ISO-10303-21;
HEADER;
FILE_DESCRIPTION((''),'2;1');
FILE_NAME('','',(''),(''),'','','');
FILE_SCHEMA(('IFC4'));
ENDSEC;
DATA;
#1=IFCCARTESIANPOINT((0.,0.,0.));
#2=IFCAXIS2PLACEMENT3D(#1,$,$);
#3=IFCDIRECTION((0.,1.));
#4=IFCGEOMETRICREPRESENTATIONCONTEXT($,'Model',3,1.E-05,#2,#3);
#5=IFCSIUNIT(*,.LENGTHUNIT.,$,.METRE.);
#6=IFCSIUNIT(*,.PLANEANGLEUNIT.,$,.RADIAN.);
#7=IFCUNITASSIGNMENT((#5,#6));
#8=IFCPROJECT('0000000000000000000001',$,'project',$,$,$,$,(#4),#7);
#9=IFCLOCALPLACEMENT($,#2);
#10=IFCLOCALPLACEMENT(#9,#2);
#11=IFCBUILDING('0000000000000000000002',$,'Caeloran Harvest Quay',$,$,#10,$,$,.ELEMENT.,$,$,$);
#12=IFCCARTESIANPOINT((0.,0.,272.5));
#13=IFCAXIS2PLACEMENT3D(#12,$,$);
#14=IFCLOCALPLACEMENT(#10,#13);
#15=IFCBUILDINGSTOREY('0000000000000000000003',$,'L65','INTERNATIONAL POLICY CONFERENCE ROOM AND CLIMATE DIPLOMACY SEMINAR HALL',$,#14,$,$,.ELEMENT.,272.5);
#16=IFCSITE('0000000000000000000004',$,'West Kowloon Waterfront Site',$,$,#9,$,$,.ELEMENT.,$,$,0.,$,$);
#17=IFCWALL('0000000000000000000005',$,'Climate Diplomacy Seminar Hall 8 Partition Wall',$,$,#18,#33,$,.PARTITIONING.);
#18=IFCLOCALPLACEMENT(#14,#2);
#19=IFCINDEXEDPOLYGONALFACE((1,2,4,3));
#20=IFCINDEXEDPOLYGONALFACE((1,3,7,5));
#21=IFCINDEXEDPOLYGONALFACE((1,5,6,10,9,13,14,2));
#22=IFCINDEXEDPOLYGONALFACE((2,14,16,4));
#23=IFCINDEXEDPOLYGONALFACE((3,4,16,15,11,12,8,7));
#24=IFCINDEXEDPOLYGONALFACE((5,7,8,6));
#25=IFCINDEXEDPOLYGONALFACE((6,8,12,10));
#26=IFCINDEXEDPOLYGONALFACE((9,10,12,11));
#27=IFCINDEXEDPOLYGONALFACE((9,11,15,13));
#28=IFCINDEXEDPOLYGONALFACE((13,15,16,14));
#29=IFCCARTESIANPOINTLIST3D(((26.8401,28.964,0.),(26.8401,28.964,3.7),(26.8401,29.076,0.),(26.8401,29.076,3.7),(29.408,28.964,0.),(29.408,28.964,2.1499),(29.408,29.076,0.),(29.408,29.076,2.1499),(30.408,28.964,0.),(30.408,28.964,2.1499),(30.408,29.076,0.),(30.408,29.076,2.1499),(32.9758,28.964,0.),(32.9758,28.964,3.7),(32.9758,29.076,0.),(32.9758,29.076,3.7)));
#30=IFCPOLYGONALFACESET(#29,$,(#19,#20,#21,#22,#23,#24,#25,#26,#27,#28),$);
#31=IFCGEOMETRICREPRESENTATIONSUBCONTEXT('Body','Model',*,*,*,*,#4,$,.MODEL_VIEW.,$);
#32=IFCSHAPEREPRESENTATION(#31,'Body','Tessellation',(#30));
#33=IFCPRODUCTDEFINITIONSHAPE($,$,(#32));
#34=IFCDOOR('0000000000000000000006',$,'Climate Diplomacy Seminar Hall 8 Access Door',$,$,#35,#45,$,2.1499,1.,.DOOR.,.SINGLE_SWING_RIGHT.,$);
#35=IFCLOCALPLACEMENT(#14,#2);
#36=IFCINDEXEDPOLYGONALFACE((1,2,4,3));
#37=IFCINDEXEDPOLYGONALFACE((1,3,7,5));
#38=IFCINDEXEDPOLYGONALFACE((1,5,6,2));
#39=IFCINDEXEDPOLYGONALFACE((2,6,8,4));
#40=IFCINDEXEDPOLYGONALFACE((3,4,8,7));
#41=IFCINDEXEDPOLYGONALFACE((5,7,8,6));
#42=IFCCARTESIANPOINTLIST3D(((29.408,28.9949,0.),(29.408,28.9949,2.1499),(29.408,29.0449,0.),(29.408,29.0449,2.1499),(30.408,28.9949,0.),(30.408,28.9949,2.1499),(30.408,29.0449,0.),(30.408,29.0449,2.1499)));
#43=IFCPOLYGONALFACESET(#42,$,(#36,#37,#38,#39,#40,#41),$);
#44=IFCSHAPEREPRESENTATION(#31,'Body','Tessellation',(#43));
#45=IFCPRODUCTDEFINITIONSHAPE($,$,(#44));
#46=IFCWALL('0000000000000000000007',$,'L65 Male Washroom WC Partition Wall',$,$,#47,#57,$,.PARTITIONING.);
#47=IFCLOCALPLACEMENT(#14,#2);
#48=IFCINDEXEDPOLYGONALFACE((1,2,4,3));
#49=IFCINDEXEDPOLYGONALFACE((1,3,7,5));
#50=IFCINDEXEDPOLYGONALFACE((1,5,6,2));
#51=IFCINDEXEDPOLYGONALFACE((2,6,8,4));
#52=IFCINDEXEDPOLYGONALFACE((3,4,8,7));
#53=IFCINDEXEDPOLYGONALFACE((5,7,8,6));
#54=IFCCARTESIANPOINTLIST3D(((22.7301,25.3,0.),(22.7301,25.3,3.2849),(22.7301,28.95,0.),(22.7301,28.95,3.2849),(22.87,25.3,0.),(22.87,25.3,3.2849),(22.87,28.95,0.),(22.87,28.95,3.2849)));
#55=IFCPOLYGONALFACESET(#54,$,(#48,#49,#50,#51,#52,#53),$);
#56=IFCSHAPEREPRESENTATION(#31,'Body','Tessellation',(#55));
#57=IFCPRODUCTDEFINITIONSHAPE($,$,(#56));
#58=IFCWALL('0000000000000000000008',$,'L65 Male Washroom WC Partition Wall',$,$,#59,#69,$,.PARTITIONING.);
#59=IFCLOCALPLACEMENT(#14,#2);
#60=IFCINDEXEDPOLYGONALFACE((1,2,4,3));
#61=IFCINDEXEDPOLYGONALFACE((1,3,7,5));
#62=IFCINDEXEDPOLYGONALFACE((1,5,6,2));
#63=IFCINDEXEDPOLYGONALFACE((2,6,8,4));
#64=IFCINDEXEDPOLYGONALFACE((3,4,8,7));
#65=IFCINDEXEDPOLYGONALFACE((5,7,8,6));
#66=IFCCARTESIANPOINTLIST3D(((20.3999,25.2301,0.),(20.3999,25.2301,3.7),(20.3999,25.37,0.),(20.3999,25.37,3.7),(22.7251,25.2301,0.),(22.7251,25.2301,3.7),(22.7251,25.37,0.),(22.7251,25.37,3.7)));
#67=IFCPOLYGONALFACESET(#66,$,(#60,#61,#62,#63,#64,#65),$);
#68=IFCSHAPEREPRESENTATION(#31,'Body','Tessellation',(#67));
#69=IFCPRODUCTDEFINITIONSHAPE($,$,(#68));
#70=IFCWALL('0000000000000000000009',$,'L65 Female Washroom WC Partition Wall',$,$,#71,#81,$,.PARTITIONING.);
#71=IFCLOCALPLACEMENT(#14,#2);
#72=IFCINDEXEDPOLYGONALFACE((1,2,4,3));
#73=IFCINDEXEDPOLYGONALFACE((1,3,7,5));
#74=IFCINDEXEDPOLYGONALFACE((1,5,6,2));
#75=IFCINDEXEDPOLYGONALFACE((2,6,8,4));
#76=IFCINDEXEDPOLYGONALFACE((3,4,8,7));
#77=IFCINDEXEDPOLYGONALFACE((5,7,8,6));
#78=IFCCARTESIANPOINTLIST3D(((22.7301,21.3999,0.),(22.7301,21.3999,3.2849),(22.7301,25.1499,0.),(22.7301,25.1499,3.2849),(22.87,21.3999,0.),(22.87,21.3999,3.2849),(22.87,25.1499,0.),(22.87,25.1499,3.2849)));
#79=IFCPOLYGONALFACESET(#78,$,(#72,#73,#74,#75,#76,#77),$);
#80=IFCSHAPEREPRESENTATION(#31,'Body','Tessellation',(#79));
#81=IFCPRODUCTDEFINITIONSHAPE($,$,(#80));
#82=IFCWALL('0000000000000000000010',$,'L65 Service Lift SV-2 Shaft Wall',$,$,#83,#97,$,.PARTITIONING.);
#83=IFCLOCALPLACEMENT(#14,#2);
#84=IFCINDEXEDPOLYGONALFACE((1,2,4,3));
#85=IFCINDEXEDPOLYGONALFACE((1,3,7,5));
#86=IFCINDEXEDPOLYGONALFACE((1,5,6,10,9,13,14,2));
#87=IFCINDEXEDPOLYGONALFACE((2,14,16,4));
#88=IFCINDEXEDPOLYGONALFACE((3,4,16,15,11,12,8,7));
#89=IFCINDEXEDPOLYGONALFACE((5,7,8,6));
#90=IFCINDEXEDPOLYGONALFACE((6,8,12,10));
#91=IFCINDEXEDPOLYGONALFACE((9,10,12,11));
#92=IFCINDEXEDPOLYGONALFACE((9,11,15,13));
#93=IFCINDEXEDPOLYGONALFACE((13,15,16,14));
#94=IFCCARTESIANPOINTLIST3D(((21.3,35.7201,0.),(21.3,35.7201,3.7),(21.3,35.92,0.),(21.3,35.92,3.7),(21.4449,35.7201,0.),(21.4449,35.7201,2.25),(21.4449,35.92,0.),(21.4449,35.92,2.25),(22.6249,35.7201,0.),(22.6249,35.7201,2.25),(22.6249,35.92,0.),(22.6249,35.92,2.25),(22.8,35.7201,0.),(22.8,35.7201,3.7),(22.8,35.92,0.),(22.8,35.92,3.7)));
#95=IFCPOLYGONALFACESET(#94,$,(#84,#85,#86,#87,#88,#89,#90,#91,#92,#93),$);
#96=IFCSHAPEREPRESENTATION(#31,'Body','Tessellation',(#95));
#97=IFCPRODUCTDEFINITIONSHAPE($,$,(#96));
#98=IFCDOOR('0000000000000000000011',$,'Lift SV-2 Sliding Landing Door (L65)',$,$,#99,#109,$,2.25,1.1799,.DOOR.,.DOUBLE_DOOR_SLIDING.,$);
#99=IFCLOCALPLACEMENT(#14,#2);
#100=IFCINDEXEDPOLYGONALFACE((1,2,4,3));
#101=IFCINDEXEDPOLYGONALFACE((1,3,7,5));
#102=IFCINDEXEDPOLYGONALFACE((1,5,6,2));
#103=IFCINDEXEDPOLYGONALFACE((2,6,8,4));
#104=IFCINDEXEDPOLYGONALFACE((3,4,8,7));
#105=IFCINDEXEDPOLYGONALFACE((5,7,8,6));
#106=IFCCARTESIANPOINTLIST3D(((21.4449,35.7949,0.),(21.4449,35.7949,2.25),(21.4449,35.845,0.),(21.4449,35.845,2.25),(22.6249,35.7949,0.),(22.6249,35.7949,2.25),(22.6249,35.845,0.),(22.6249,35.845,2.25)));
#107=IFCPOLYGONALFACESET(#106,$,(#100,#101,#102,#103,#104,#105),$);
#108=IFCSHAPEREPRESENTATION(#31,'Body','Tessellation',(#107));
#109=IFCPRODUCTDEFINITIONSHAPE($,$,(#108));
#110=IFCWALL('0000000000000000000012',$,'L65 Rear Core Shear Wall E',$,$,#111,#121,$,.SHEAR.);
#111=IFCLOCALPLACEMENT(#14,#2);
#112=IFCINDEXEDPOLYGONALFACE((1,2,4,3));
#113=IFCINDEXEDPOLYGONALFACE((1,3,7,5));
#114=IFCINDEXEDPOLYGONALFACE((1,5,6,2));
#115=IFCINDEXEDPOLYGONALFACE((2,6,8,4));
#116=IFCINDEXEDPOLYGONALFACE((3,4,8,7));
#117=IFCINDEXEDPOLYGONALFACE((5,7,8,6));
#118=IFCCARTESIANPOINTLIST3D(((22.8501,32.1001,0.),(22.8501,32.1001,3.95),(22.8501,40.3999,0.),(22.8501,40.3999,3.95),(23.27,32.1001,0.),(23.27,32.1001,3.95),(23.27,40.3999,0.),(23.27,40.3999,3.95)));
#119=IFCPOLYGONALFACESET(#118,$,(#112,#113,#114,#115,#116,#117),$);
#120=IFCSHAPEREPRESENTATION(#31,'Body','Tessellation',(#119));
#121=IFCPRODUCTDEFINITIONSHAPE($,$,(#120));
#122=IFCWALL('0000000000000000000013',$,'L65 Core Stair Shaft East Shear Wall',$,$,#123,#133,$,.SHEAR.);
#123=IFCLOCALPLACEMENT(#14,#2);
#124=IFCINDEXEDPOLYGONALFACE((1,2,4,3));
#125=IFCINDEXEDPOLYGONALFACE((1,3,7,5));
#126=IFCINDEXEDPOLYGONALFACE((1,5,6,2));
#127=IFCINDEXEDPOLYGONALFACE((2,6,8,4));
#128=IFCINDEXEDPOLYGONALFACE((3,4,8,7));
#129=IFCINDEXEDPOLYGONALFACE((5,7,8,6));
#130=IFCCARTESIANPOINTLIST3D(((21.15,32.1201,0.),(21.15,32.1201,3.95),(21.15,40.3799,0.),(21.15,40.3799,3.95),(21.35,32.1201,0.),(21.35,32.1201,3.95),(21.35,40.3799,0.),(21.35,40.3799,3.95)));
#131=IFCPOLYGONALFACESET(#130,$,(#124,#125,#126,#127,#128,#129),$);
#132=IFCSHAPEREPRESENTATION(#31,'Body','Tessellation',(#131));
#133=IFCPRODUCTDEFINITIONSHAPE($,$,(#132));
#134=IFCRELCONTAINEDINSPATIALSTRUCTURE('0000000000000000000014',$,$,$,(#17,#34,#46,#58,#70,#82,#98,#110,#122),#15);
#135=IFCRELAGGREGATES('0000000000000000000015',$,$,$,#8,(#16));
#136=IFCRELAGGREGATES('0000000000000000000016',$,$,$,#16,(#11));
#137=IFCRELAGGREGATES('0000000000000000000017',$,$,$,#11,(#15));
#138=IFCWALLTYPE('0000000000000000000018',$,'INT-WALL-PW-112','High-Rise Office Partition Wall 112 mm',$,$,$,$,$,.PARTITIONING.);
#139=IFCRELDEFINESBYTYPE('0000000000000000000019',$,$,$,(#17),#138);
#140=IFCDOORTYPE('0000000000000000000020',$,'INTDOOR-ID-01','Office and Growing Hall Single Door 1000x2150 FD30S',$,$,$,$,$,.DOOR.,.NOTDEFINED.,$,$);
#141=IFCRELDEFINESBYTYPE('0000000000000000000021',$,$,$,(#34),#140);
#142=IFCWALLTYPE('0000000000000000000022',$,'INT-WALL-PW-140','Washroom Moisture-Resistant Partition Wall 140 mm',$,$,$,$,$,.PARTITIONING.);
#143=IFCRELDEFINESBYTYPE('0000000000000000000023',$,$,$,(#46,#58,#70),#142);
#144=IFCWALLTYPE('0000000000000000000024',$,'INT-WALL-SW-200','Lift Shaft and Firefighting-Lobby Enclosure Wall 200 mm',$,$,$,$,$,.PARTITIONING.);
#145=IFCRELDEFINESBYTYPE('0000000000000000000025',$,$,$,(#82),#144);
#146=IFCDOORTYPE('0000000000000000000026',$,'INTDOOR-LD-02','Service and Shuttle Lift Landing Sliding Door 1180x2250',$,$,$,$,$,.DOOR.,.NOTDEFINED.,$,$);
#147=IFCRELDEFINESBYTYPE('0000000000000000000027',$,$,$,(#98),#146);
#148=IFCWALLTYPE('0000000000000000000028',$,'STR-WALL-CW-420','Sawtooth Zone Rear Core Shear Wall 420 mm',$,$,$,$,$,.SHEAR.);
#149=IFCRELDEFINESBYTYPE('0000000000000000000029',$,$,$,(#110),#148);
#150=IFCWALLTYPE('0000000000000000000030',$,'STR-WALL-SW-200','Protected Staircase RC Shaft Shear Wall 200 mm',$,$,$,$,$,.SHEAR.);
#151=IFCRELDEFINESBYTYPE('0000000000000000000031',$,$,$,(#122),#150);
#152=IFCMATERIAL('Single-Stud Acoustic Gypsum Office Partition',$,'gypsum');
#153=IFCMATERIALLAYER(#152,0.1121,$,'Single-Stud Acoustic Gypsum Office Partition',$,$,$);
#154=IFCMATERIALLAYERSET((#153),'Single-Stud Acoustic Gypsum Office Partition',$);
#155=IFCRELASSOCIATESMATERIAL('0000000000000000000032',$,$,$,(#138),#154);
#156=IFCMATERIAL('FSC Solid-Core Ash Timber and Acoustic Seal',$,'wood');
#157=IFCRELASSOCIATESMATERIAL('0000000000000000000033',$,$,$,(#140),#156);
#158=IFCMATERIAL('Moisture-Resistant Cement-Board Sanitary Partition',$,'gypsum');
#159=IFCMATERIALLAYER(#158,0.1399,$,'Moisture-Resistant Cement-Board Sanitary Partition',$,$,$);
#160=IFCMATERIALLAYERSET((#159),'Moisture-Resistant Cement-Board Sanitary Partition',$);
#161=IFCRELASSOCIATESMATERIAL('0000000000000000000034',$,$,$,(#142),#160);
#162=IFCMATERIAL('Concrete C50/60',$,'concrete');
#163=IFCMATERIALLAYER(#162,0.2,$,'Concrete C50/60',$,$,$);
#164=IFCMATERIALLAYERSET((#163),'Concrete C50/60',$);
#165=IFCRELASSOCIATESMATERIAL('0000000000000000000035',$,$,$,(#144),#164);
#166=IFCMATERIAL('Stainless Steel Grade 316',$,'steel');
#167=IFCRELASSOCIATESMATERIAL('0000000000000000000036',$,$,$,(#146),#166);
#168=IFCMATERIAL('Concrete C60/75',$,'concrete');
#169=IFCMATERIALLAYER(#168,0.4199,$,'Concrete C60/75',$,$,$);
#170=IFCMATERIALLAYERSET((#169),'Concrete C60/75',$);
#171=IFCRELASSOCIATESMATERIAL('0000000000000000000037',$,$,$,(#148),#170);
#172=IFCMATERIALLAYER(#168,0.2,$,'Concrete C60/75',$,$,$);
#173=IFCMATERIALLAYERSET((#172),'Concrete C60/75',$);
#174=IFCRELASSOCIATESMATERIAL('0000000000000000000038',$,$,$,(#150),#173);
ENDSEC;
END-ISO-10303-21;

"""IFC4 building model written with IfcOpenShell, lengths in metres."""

from ifc_helpers import new_model, si_unit, direction, frame, frame_2d, origin, place, context, subcontext, project, spatial, rectangle, extrude, material, layer, layer_set, type_object, element, fill, save


model = new_model("IFC4")

# Units and contexts
model_context = context("Model", 3, precision=1e-05, world=origin(), true_north=direction((0.0, 1.0)))
body_context = subcontext(model_context, "Body", "Model", "MODEL_VIEW")
ifc_project = project(units=[si_unit("LENGTHUNIT", "METRE"), si_unit("PLANEANGLEUNIT", "RADIAN")], contexts=[model_context])

# Site, building, storey
site_placement = place(None, origin())
site = spatial("IfcSite", under=ifc_project, at=site_placement, Name="West Kowloon Waterfront Site", CompositionType="ELEMENT", RefElevation=0.0)
building_placement = place(site_placement, origin())
building = spatial("IfcBuilding", under=site, at=building_placement, Name="Caeloran Harvest Quay", CompositionType="ELEMENT")
storey_placement = place(building_placement, frame((0.0, 0.0, 272.5)))
storey = spatial("IfcBuildingStorey", under=building, at=storey_placement, Name="L65", Description="INTERNATIONAL POLICY CONFERENCE ROOM AND CLIMATE DIPLOMACY SEMINAR HALL", CompositionType="ELEMENT", Elevation=272.5)

# Shared definitions
ifc_material_1 = material(Name="Concrete C60/75", Category="concrete")

# Shared definitions
ifc_material_2 = material(Name="Single-Stud Acoustic Gypsum Office Partition", Category="gypsum")
ifc_layer_1 = layer(ifc_material_2, 0.1121, Name="Single-Stud Acoustic Gypsum Office Partition")
ifc_layer_set_1 = layer_set([ifc_layer_1], Name="Single-Stud Acoustic Gypsum Office Partition")
wall_type_1 = type_object("IfcWallType", Name="INT-WALL-PW-112", Description="High-Rise Office Partition Wall 112 mm", PredefinedType="PARTITIONING", material=ifc_layer_set_1)
ifc_material_3 = material(Name="FSC Solid-Core Ash Timber and Acoustic Seal", Category="wood")
door_type_1 = type_object("IfcDoorType", Name="INTDOOR-ID-01", Description="Office and Growing Hall Single Door 1000x2150 FD30S", OperationType="NOTDEFINED", PredefinedType="DOOR", material=ifc_material_3)

# Wall, opening, door
wall_1_placement = place(storey_placement, frame((26.8401, 29.02, 0.0), z_axis=(0.0, 0.0, 1.0), x_axis=(1.0, 0.0, 0.0)))
wall_1 = element("IfcWall", 1, at=wall_1_placement, inside=storey, type_object=wall_type_1, Name="Climate Diplomacy Seminar Hall 8 Partition Wall", PredefinedType="PARTITIONING", context=body_context, shape_type="SweptSolid", body=[
    extrude(rectangle(XDim=6.1357, YDim=0.1121, at=frame_2d((3.0679, 0.0))), origin(), (0.0, 0.0, 1.0), 3.7),
])
opening_1_placement = place(wall_1_placement, frame((2.5679, 0.0, 0.0)))
opening_1 = element("IfcOpeningElement", 2, at=opening_1_placement, cuts=wall_1, PredefinedType="OPENING", context=body_context, shape_type="SweptSolid", body=[
    extrude(rectangle(XDim=1.0, YDim=2.1499, at=frame_2d((0.5, 1.075))), frame((0.0, 0.0659, 0.0), z_axis=(0.0, -1.0, 0.0), x_axis=(1.0, 0.0, 0.0)), (0.0, 0.0, 1.0), 0.1321),
])
door_1_placement = place(opening_1_placement, origin())
door_1 = element("IfcDoor", 3, at=door_1_placement, inside=storey, type_object=door_type_1, Name="Climate Diplomacy Seminar Hall 8 Access Door", OperationType="SINGLE_SWING_RIGHT", OverallHeight=2.1499, OverallWidth=1.0, PredefinedType="DOOR", context=body_context, shape_type="SweptSolid", body=[
    extrude(rectangle(XDim=1.0, YDim=2.1499, at=frame_2d((0.5, 1.075))), frame((0.0, 0.0249, 0.0), z_axis=(0.0, -1.0, 0.0), x_axis=(1.0, 0.0, 0.0)), (0.0, 0.0, 1.0), 0.05),
])
fill(opening_1, door_1)

# Walls
ifc_material_4 = material(Name="Moisture-Resistant Cement-Board Sanitary Partition", Category="gypsum")
ifc_layer_2 = layer(ifc_material_4, 0.1399, Name="Moisture-Resistant Cement-Board Sanitary Partition")
ifc_layer_set_2 = layer_set([ifc_layer_2], Name="Moisture-Resistant Cement-Board Sanitary Partition")
wall_type_2 = type_object("IfcWallType", Name="INT-WALL-PW-140", Description="Washroom Moisture-Resistant Partition Wall 140 mm", PredefinedType="PARTITIONING", material=ifc_layer_set_2)
wall_2_placement = place(storey_placement, frame((22.8, 28.95, 0.0), z_axis=(0.0, 0.0, 1.0), x_axis=(0.0, -1.0, 0.0)))
element("IfcWall", 4, at=wall_2_placement, inside=storey, type_object=wall_type_2, Name="L65 Male Washroom WC Partition Wall", PredefinedType="PARTITIONING", context=body_context, shape_type="SweptSolid", body=[
    extrude(rectangle(XDim=3.6499, YDim=0.1399, at=frame_2d((1.825, 0.0))), origin(), (0.0, 0.0, 1.0), 3.2849),
])
wall_3_placement = place(storey_placement, frame((22.7251, 25.3, 0.0), z_axis=(0.0, 0.0, 1.0), x_axis=(-1.0, 0.0, 0.0)))
element("IfcWall", 5, at=wall_3_placement, inside=storey, type_object=wall_type_2, Name="L65 Male Washroom WC Partition Wall", PredefinedType="PARTITIONING", context=body_context, shape_type="SweptSolid", body=[
    extrude(rectangle(XDim=2.3252, YDim=0.1399, at=frame_2d((1.1626, 0.0))), origin(), (0.0, 0.0, 1.0), 3.7),
])
wall_4_placement = place(storey_placement, frame((22.8, 25.1499, 0.0), z_axis=(0.0, 0.0, 1.0), x_axis=(0.0, -1.0, 0.0)))
element("IfcWall", 6, at=wall_4_placement, inside=storey, type_object=wall_type_2, Name="L65 Female Washroom WC Partition Wall", PredefinedType="PARTITIONING", context=body_context, shape_type="SweptSolid", body=[
    extrude(rectangle(XDim=3.75, YDim=0.1399, at=frame_2d((1.875, 0.0))), origin(), (0.0, 0.0, 1.0), 3.2849),
])

# Wall, opening, door
ifc_material_5 = material(Name="Concrete C50/60", Category="concrete")
ifc_layer_3 = layer(ifc_material_5, 0.2, Name="Concrete C50/60")
ifc_layer_set_3 = layer_set([ifc_layer_3], Name="Concrete C50/60")
wall_type_3 = type_object("IfcWallType", Name="INT-WALL-SW-200", Description="Lift Shaft and Firefighting-Lobby Enclosure Wall 200 mm", PredefinedType="PARTITIONING", material=ifc_layer_set_3)
wall_5_placement = place(storey_placement, frame((21.3, 35.8201, 0.0), z_axis=(0.0, 0.0, 1.0), x_axis=(1.0, 0.0, 0.0)))
wall_5 = element("IfcWall", 7, at=wall_5_placement, inside=storey, type_object=wall_type_3, Name="L65 Service Lift SV-2 Shaft Wall", PredefinedType="PARTITIONING", context=body_context, shape_type="SweptSolid", body=[
    extrude(rectangle(XDim=1.5, YDim=0.2, at=frame_2d((0.75, 0.0))), origin(), (0.0, 0.0, 1.0), 3.7),
])
opening_2_placement = place(wall_5_placement, frame((0.145, 0.0, 0.0)))
opening_2 = element("IfcOpeningElement", 8, at=opening_2_placement, cuts=wall_5, PredefinedType="OPENING", context=body_context, shape_type="SweptSolid", body=[
    extrude(rectangle(XDim=1.1799, YDim=2.25, at=frame_2d((0.5898, 1.125))), frame((0.0, 0.1099, 0.0), z_axis=(0.0, -1.0, 0.0), x_axis=(1.0, 0.0, 0.0)), (0.0, 0.0, 1.0), 0.22),
])
ifc_material_6 = material(Name="Stainless Steel Grade 316", Category="steel")
door_type_2 = type_object("IfcDoorType", Name="INTDOOR-LD-02", Description="Service and Shuttle Lift Landing Sliding Door 1180x2250", OperationType="NOTDEFINED", PredefinedType="DOOR", material=ifc_material_6)
door_2_placement = place(opening_2_placement, origin())
door_2 = element("IfcDoor", 9, at=door_2_placement, inside=storey, type_object=door_type_2, Name="Lift SV-2 Sliding Landing Door (L65)", OperationType="DOUBLE_DOOR_SLIDING", OverallHeight=2.25, OverallWidth=1.1799, PredefinedType="DOOR", context=body_context, shape_type="SweptSolid", body=[
    extrude(rectangle(XDim=1.1799, YDim=2.25, at=frame_2d((0.5898, 1.125))), frame((0.0, 0.0249, 0.0), z_axis=(0.0, -1.0, 0.0), x_axis=(1.0, 0.0, 0.0)), (0.0, 0.0, 1.0), 0.05),
])
fill(opening_2, door_2)

# Walls
ifc_layer_4 = layer(ifc_material_1, 0.4199, Name="Concrete C60/75")
ifc_layer_set_4 = layer_set([ifc_layer_4], Name="Concrete C60/75")
wall_type_4 = type_object("IfcWallType", Name="STR-WALL-CW-420", Description="Sawtooth Zone Rear Core Shear Wall 420 mm", PredefinedType="SHEAR", material=ifc_layer_set_4)
wall_6_placement = place(storey_placement, frame((23.0601, 32.1001, 0.0), z_axis=(0.0, 0.0, 1.0), x_axis=(0.0, 1.0, 0.0)))
element("IfcWall", 10, at=wall_6_placement, inside=storey, type_object=wall_type_4, Name="L65 Rear Core Shear Wall E", PredefinedType="SHEAR", context=body_context, shape_type="SweptSolid", body=[
    extrude(rectangle(XDim=8.2998, YDim=0.4199, at=frame_2d((4.1499, 0.0))), origin(), (0.0, 0.0, 1.0), 3.95),
])
ifc_layer_5 = layer(ifc_material_1, 0.2, Name="Concrete C60/75")
ifc_layer_set_5 = layer_set([ifc_layer_5], Name="Concrete C60/75")
wall_type_5 = type_object("IfcWallType", Name="STR-WALL-SW-200", Description="Protected Staircase RC Shaft Shear Wall 200 mm", PredefinedType="SHEAR", material=ifc_layer_set_5)
wall_7_placement = place(storey_placement, frame((21.25, 32.1201, 0.0), z_axis=(0.0, 0.0, 1.0), x_axis=(0.0, 1.0, 0.0)))
element("IfcWall", 11, at=wall_7_placement, inside=storey, type_object=wall_type_5, Name="L65 Core Stair Shaft East Shear Wall", PredefinedType="SHEAR", context=body_context, shape_type="SweptSolid", body=[
    extrude(rectangle(XDim=8.2598, YDim=0.2, at=frame_2d((4.1299, 0.0))), origin(), (0.0, 0.0, 1.0), 3.95),
])

save(model, "model.ifc")
